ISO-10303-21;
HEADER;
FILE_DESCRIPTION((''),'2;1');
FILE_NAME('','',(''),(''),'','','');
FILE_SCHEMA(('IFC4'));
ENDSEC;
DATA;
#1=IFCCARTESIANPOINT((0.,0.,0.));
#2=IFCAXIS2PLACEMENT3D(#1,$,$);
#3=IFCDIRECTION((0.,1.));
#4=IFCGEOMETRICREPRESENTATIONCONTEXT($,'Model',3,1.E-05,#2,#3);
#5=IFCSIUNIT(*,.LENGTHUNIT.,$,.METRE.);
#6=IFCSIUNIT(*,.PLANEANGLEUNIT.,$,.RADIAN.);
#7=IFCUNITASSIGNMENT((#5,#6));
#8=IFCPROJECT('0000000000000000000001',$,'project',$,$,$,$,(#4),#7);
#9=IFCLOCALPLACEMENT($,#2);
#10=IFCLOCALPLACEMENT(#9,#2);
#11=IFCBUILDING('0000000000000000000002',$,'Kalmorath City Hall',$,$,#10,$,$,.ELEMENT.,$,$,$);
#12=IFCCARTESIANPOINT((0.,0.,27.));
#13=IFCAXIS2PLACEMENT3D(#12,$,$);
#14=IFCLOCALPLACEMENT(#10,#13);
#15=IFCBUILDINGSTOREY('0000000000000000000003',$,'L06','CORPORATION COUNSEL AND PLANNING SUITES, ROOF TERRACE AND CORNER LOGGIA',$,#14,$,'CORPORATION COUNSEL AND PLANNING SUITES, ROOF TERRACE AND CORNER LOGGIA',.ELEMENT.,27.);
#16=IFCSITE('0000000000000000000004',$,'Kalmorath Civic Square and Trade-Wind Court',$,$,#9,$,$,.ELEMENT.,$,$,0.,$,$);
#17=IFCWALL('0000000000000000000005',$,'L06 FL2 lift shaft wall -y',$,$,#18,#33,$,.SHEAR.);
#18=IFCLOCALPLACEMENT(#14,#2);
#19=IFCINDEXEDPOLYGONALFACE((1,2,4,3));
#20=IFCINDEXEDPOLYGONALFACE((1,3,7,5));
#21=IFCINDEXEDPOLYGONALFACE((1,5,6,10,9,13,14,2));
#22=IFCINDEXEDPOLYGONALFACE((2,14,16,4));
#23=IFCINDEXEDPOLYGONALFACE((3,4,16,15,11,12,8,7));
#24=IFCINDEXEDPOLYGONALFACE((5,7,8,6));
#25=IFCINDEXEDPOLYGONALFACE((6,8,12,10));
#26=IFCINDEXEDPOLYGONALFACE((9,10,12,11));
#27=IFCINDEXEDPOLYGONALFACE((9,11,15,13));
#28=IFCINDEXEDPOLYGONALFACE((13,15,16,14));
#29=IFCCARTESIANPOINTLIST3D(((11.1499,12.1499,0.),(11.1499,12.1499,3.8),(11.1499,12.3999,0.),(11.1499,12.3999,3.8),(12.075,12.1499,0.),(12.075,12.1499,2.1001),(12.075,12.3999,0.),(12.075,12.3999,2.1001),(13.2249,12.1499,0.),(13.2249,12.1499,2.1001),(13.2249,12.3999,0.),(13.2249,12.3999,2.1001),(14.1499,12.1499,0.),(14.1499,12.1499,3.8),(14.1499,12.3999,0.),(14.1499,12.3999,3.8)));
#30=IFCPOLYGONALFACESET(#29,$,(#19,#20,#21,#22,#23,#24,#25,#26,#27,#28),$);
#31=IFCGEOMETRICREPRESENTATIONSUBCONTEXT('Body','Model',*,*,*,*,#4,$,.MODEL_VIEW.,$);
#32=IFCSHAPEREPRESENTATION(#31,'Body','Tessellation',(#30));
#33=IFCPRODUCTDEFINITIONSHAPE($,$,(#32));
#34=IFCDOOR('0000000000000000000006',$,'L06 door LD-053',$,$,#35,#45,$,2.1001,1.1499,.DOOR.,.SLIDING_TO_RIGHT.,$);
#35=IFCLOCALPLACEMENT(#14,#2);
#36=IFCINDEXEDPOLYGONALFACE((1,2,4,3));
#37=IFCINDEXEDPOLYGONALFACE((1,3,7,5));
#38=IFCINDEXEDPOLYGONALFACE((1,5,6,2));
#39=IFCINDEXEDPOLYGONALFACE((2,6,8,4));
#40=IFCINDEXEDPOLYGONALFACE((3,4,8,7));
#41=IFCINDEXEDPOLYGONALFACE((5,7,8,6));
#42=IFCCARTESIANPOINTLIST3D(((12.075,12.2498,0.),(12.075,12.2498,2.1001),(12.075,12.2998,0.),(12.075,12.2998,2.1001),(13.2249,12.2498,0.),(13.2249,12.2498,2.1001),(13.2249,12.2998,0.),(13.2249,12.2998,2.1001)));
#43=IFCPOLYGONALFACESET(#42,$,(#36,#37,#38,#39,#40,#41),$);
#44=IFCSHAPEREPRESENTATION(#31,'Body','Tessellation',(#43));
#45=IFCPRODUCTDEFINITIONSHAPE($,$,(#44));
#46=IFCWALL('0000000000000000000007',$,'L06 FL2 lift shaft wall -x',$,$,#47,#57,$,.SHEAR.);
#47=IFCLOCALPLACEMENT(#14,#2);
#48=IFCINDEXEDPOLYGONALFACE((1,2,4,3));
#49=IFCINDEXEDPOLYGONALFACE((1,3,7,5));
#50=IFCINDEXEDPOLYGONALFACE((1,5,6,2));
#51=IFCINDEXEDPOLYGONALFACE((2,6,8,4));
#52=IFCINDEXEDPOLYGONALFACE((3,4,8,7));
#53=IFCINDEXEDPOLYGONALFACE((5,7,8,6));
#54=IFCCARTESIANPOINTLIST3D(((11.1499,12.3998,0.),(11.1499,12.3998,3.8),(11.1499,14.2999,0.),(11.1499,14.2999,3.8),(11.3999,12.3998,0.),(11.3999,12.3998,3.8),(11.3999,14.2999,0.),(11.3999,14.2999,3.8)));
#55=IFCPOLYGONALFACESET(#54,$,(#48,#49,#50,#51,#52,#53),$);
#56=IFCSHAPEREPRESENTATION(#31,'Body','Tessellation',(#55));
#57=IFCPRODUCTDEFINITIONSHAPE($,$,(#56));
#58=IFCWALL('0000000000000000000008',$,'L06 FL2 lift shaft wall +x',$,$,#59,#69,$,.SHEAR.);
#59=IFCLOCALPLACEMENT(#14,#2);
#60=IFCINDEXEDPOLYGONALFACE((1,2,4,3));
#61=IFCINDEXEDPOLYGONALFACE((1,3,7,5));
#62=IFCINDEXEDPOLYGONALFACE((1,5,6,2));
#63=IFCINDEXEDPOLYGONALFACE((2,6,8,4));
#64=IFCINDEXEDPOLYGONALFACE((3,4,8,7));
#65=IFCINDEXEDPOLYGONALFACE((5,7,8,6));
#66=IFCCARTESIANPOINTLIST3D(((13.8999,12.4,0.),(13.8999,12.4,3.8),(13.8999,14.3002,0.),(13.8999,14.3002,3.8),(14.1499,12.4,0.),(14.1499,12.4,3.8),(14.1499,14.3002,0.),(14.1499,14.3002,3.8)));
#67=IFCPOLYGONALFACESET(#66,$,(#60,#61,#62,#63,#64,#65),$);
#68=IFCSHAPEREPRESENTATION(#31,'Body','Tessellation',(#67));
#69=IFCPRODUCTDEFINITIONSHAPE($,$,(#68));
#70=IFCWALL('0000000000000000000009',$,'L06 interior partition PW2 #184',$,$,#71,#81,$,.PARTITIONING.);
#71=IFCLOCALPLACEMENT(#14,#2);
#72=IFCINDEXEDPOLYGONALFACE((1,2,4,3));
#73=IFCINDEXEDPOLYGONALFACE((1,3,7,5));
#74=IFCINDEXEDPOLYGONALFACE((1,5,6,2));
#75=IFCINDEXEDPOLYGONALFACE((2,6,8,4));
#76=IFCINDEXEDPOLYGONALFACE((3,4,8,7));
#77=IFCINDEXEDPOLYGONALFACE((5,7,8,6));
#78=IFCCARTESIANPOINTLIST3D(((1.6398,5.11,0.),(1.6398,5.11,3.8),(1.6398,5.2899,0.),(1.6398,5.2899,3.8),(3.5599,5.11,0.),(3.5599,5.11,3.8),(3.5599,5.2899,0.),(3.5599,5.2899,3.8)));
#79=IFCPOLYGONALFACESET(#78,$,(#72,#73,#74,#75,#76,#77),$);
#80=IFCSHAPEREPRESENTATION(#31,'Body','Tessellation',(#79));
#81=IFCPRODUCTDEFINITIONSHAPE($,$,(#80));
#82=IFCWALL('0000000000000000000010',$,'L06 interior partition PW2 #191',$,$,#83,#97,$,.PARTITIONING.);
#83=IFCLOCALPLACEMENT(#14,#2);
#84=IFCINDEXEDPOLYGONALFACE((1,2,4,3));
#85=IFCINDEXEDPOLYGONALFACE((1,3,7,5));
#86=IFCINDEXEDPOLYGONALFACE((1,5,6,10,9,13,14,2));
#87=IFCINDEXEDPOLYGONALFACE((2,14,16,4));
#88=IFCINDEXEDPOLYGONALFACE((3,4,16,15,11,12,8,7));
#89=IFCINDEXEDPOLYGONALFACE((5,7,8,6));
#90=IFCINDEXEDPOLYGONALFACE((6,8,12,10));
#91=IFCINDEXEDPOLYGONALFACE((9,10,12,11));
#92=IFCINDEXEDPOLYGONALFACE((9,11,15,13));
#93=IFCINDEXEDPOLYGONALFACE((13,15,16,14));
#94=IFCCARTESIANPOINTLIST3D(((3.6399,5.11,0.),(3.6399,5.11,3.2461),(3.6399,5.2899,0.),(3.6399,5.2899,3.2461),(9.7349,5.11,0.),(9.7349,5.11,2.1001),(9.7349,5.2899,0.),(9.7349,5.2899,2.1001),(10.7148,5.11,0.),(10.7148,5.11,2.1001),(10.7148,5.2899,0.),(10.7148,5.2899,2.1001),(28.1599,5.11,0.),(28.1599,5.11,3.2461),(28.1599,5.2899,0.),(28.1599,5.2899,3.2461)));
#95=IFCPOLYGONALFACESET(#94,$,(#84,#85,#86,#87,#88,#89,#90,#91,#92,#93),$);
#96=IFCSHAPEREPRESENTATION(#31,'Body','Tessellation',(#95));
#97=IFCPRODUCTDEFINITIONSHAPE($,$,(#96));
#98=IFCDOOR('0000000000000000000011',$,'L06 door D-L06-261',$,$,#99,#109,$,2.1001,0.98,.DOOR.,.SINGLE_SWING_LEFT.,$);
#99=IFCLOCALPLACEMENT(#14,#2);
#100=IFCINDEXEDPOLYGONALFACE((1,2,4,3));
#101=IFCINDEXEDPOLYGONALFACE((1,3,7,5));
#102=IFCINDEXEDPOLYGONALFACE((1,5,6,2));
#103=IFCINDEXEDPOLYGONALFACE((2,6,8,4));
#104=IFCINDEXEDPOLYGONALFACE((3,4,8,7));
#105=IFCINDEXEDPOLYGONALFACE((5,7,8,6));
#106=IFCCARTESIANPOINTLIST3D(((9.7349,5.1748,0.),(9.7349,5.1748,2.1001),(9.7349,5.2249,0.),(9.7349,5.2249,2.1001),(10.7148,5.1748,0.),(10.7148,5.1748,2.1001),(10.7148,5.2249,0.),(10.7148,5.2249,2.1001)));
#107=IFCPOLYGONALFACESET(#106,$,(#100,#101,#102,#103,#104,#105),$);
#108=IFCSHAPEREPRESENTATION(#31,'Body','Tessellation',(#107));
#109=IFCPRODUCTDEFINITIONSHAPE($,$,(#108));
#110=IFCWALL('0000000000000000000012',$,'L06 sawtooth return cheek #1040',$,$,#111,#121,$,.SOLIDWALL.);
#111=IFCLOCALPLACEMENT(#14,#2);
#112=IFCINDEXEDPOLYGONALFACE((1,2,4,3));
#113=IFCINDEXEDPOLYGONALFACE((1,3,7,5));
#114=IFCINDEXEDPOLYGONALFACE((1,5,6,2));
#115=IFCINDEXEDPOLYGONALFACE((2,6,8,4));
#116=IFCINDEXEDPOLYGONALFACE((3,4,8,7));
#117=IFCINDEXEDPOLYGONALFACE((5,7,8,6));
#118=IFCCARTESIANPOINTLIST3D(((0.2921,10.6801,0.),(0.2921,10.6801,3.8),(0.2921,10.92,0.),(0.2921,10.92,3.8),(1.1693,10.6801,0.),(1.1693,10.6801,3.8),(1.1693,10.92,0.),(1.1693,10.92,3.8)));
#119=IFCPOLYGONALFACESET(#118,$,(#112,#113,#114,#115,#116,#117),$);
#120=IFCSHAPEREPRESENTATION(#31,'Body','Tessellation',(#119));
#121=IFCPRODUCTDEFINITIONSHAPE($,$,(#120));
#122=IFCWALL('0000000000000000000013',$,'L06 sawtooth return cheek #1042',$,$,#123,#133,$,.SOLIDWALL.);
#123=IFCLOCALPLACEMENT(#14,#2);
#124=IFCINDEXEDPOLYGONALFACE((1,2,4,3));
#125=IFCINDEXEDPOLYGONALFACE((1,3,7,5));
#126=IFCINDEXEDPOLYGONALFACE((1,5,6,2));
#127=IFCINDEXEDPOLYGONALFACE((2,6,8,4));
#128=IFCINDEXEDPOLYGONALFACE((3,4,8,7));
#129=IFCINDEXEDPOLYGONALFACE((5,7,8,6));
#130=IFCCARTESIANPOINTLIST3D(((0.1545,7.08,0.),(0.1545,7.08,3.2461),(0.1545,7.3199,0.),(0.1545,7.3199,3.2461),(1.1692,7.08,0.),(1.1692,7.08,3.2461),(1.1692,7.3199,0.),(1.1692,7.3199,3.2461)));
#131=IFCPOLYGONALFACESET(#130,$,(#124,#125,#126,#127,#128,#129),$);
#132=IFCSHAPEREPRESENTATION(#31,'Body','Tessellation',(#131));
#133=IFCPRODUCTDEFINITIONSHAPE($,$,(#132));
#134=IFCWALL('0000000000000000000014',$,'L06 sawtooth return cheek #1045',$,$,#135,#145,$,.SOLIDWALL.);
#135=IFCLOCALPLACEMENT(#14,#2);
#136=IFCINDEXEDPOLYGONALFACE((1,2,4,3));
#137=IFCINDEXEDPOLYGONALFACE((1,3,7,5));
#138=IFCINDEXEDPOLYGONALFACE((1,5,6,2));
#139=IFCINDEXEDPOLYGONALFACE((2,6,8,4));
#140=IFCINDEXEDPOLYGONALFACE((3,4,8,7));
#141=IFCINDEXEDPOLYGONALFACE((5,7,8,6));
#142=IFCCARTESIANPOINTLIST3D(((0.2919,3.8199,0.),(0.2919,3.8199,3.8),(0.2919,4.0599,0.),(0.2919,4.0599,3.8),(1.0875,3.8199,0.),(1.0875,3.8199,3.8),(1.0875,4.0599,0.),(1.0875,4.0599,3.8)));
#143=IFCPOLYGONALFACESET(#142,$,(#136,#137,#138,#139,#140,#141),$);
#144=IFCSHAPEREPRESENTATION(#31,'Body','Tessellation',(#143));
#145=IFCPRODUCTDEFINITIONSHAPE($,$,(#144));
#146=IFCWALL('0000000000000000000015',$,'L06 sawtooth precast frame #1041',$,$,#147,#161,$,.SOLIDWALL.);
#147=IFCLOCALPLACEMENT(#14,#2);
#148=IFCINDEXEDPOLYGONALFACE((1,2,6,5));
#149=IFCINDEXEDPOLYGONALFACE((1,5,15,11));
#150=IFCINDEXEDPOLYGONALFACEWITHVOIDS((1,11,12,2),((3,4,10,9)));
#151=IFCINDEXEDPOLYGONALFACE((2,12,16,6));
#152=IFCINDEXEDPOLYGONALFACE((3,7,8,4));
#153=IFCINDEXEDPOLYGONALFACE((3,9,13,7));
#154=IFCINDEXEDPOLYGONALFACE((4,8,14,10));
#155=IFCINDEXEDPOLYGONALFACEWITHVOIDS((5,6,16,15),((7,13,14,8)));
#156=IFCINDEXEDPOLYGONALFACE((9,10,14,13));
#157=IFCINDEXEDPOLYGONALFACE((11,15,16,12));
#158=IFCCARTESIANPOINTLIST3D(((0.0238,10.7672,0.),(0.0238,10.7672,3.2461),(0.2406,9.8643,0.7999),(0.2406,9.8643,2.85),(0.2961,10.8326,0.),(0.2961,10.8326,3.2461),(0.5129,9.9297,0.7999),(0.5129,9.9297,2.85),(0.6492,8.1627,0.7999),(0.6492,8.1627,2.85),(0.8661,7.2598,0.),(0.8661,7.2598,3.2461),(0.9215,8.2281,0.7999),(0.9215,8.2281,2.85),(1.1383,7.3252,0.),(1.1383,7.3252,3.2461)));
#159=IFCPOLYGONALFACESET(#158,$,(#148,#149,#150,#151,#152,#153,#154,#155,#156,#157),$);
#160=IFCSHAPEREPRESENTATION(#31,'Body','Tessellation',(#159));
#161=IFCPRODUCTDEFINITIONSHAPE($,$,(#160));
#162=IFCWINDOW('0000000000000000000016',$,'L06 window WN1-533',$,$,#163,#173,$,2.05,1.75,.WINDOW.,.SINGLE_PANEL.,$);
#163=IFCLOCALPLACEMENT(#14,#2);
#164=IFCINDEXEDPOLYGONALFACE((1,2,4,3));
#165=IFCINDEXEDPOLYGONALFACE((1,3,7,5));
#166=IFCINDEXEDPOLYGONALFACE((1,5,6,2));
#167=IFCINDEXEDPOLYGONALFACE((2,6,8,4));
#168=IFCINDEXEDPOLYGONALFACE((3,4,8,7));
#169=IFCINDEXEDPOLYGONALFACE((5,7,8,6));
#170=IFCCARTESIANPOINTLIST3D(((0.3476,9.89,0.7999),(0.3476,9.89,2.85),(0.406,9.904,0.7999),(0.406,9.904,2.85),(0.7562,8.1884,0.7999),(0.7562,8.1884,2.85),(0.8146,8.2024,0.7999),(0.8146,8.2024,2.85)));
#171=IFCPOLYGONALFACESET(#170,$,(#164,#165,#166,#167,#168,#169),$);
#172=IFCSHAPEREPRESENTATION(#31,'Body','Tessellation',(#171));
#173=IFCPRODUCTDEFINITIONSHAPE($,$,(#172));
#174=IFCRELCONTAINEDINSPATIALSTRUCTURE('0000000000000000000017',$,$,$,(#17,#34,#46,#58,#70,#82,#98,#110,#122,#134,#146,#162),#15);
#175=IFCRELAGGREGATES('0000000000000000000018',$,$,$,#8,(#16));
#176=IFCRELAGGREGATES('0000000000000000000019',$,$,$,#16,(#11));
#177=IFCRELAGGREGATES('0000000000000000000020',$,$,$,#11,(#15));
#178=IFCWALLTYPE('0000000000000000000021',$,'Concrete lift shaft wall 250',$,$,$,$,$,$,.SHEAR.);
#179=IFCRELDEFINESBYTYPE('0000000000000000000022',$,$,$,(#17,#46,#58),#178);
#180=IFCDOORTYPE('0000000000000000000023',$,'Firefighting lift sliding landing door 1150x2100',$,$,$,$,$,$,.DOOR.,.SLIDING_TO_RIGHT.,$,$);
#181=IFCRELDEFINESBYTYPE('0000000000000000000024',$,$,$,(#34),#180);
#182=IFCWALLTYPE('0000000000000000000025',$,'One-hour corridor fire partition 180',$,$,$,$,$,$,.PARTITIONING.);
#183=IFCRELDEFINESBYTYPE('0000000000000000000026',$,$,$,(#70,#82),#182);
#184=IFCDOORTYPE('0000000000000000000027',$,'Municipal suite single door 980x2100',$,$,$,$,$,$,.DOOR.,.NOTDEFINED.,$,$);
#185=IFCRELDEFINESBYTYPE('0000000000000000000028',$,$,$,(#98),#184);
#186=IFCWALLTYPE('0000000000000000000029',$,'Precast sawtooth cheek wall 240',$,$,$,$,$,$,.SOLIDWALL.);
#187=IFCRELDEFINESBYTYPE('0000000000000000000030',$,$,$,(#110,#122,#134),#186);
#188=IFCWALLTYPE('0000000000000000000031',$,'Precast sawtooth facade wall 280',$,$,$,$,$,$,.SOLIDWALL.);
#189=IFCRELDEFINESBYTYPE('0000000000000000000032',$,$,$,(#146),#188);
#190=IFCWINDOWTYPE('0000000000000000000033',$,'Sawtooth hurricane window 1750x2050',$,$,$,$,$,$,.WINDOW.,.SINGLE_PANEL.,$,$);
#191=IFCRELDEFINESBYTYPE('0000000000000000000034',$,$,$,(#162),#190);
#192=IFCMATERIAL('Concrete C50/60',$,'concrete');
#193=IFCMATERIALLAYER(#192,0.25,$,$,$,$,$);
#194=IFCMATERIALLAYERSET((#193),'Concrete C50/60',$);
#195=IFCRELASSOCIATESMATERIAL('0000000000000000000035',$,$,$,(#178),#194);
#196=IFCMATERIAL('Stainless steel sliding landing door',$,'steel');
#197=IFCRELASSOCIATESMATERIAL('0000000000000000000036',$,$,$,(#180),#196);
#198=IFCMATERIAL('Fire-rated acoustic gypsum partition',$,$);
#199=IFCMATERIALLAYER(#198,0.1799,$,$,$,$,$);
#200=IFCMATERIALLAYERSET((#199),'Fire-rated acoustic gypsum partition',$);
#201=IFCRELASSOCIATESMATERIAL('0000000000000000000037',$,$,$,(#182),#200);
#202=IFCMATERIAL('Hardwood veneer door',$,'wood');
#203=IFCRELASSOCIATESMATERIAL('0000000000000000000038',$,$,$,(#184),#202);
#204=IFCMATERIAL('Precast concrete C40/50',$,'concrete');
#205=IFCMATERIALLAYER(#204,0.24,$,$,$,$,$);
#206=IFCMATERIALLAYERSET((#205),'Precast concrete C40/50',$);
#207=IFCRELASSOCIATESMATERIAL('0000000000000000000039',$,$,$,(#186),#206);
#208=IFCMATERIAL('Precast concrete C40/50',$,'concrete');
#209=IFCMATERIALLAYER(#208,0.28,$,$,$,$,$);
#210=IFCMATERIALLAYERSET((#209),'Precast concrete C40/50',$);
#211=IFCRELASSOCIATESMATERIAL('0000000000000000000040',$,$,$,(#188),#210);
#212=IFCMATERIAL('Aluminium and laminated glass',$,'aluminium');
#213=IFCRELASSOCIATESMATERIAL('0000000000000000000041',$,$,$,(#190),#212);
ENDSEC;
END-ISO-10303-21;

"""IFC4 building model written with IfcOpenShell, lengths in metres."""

from ifc_helpers import new_model, si_unit, direction, frame, frame_2d, origin, place, context, subcontext, project, spatial, rectangle, extrude, material, layer, layer_set, type_object, element, fill, save


model = new_model("IFC4")

# Units and contexts
model_context = context("Model", 3, precision=1e-05, world=origin(), true_north=direction((0.0, 1.0)))
body_context = subcontext(model_context, "Body", "Model", "MODEL_VIEW")
ifc_project = project(units=[si_unit("LENGTHUNIT", "METRE"), si_unit("PLANEANGLEUNIT", "RADIAN")], contexts=[model_context])

# Site, building, storey
site_placement = place(None, origin())
site = spatial("IfcSite", under=ifc_project, at=site_placement, Name="Kalmorath Civic Square and Trade-Wind Court", CompositionType="ELEMENT", RefElevation=0.0)
building_placement = place(site_placement, origin())
building = spatial("IfcBuilding", under=site, at=building_placement, Name="Kalmorath City Hall", CompositionType="ELEMENT")
storey_placement = place(building_placement, frame((0.0, 0.0, 27.0)))
storey = spatial("IfcBuildingStorey", under=building, at=storey_placement, Name="L06", Description="CORPORATION COUNSEL AND PLANNING SUITES, ROOF TERRACE AND CORNER LOGGIA", LongName="CORPORATION COUNSEL AND PLANNING SUITES, ROOF TERRACE AND CORNER LOGGIA", CompositionType="ELEMENT", Elevation=27.0)

# Wall, opening, door
ifc_material_1 = material(Name="Concrete C50/60", Category="concrete")
ifc_layer_1 = layer(ifc_material_1, 0.25)
ifc_layer_set_1 = layer_set([ifc_layer_1], Name="Concrete C50/60")
wall_type_1 = type_object("IfcWallType", Name="Concrete lift shaft wall 250", PredefinedType="SHEAR", material=ifc_layer_set_1)
wall_1_placement = place(storey_placement, frame((11.1499, 12.2749, 0.0), z_axis=(0.0, 0.0, 1.0), x_axis=(1.0, 0.0, 0.0)))
wall_1 = element("IfcWall", 1, at=wall_1_placement, inside=storey, type_object=wall_type_1, Name="L06 FL2 lift shaft wall -y", PredefinedType="SHEAR", context=body_context, shape_type="SweptSolid", body=[
    extrude(rectangle(XDim=3.0, YDim=0.25, at=frame_2d((1.5, 0.0))), origin(), (0.0, 0.0, 1.0), 3.8),
])
opening_1_placement = place(wall_1_placement, frame((0.925, 0.0, 0.0)))
opening_1 = element("IfcOpeningElement", 2, at=opening_1_placement, cuts=wall_1, PredefinedType="OPENING", context=body_context, shape_type="SweptSolid", body=[
    extrude(rectangle(XDim=1.1499, YDim=2.1001, at=frame_2d((0.575, 1.05))), frame((0.0, 0.135, 0.0), z_axis=(0.0, -1.0, 0.0), x_axis=(1.0, 0.0, 0.0)), (0.0, 0.0, 1.0), 0.27),
])
ifc_material_2 = material(Name="Stainless steel sliding landing door", Category="steel")
door_type_1 = type_object("IfcDoorType", Name="Firefighting lift sliding landing door 1150x2100", OperationType="SLIDING_TO_RIGHT", PredefinedType="DOOR", material=ifc_material_2)
door_1_placement = place(opening_1_placement, origin())
door_1 = element("IfcDoor", 3, at=door_1_placement, inside=storey, type_object=door_type_1, Name="L06 door LD-053", OperationType="SLIDING_TO_RIGHT", OverallHeight=2.1001, OverallWidth=1.1499, PredefinedType="DOOR", context=body_context, shape_type="SweptSolid", body=[
    extrude(rectangle(XDim=1.1499, YDim=2.1001, at=frame_2d((0.575, 1.05))), frame((0.0, 0.0249, 0.0), z_axis=(0.0, -1.0, 0.0), x_axis=(1.0, 0.0, 0.0)), (0.0, 0.0, 1.0), 0.05),
])
fill(opening_1, door_1)

# Walls
for number, where, z_axis, x_axis, name in (
    (4, (11.2749, 14.3, 0.0), (0.0, 0.0, 1.0), (0.0, -1.0, 0.0), "L06 FL2 lift shaft wall -x"),
    (5, (14.0249, 12.3999, 0.0), (0.0, 0.0, 1.0), (0.0, 1.0, 0.0), "L06 FL2 lift shaft wall +x"),
):
    element("IfcWall", number, at=place(storey_placement, frame(where, z_axis=z_axis, x_axis=x_axis)), inside=storey, type_object=wall_type_1, Name=name, PredefinedType="SHEAR", context=body_context, shape_type="SweptSolid", body=[
        extrude(rectangle(XDim=1.9001, YDim=0.25, at=frame_2d((0.9502, 0.0))), origin(), (0.0, 0.0, 1.0), 3.8),
    ])
ifc_material_3 = material(Name="Fire-rated acoustic gypsum partition")
ifc_layer_2 = layer(ifc_material_3, 0.1799)
ifc_layer_set_2 = layer_set([ifc_layer_2], Name="Fire-rated acoustic gypsum partition")
wall_type_2 = type_object("IfcWallType", Name="One-hour corridor fire partition 180", PredefinedType="PARTITIONING", material=ifc_layer_set_2)
wall_2_placement = place(storey_placement, frame((1.6399, 5.2, 0.0), z_axis=(0.0, 0.0, 1.0), x_axis=(1.0, 0.0, 0.0)))
element("IfcWall", 6, at=wall_2_placement, inside=storey, type_object=wall_type_2, Name="L06 interior partition PW2 #184", PredefinedType="PARTITIONING", context=body_context, shape_type="SweptSolid", body=[
    extrude(rectangle(XDim=1.9202, YDim=0.1799, at=frame_2d((0.96, 0.0))), origin(), (0.0, 0.0, 1.0), 3.8),
])

# Wall, opening, door
wall_3_placement = place(storey_placement, frame((3.6399, 5.2, 0.0), z_axis=(0.0, 0.0, 1.0), x_axis=(1.0, 0.0, 0.0)))
wall_3 = element("IfcWall", 7, at=wall_3_placement, inside=storey, type_object=wall_type_2, Name="L06 interior partition PW2 #191", PredefinedType="PARTITIONING", context=body_context, shape_type="SweptSolid", body=[
    extrude(rectangle(XDim=24.52, YDim=0.1799, at=frame_2d((12.26, 0.0))), origin(), (0.0, 0.0, 1.0), 3.2461),
])
opening_2_placement = place(wall_3_placement, frame((6.095, 0.0, 0.0)))
opening_2 = element("IfcOpeningElement", 8, at=opening_2_placement, cuts=wall_3, PredefinedType="OPENING", context=body_context, shape_type="SweptSolid", body=[
    extrude(rectangle(XDim=0.98, YDim=2.1001, at=frame_2d((0.49, 1.05))), frame((0.0, 0.0999, 0.0), z_axis=(0.0, -1.0, 0.0), x_axis=(1.0, 0.0, 0.0)), (0.0, 0.0, 1.0), 0.2),
])
ifc_material_4 = material(Name="Hardwood veneer door", Category="wood")
door_type_2 = type_object("IfcDoorType", Name="Municipal suite single door 980x2100", OperationType="NOTDEFINED", PredefinedType="DOOR", material=ifc_material_4)
door_2_placement = place(opening_2_placement, origin())
door_2 = element("IfcDoor", 9, at=door_2_placement, inside=storey, type_object=door_type_2, Name="L06 door D-L06-261", OperationType="SINGLE_SWING_LEFT", OverallHeight=2.1001, OverallWidth=0.98, PredefinedType="DOOR", context=body_context, shape_type="SweptSolid", body=[
    extrude(rectangle(XDim=0.98, YDim=2.1001, at=frame_2d((0.49, 1.05))), frame((0.0, 0.0249, 0.0), z_axis=(0.0, -1.0, 0.0), x_axis=(1.0, 0.0, 0.0)), (0.0, 0.0, 1.0), 0.05),
])
fill(opening_2, door_2)

# Walls
ifc_material_5 = material(Name="Precast concrete C40/50", Category="concrete")
ifc_layer_3 = layer(ifc_material_5, 0.24)
ifc_layer_set_3 = layer_set([ifc_layer_3], Name="Precast concrete C40/50")
wall_type_3 = type_object("IfcWallType", Name="Precast sawtooth cheek wall 240", PredefinedType="SOLIDWALL", material=ifc_layer_set_3)
wall_4_placement = place(storey_placement, frame((1.1692, 10.8, 0.0), z_axis=(0.0, 0.0, 1.0), x_axis=(-1.0, 0.0, 0.0)))
element("IfcWall", 10, at=wall_4_placement, inside=storey, type_object=wall_type_3, Name="L06 sawtooth return cheek #1040", PredefinedType="SOLIDWALL", context=body_context, shape_type="SweptSolid", body=[
    extrude(rectangle(XDim=0.8772, YDim=0.24, at=frame_2d((0.4385, 0.0))), origin(), (0.0, 0.0, 1.0), 3.8),
])
wall_5_placement = place(storey_placement, frame((1.1692, 7.2, 0.0), z_axis=(0.0, 0.0, 1.0), x_axis=(-1.0, 0.0, 0.0)))
element("IfcWall", 11, at=wall_5_placement, inside=storey, type_object=wall_type_3, Name="L06 sawtooth return cheek #1042", PredefinedType="SOLIDWALL", context=body_context, shape_type="SweptSolid", body=[
    extrude(rectangle(XDim=1.0146, YDim=0.24, at=frame_2d((0.5073, 0.0))), origin(), (0.0, 0.0, 1.0), 3.2461),
])
wall_6_placement = place(storey_placement, frame((1.0876, 3.9399, 0.0), z_axis=(0.0, 0.0, 1.0), x_axis=(-1.0, 0.0, 0.0)))
element("IfcWall", 12, at=wall_6_placement, inside=storey, type_object=wall_type_3, Name="L06 sawtooth return cheek #1045", PredefinedType="SOLIDWALL", context=body_context, shape_type="SweptSolid", body=[
    extrude(rectangle(XDim=0.7957, YDim=0.24, at=frame_2d((0.3979, 0.0))), origin(), (0.0, 0.0, 1.0), 3.8),
])

# Wall, opening, window
ifc_material_6 = material(Name="Precast concrete C40/50", Category="concrete")
ifc_layer_4 = layer(ifc_material_6, 0.28)
ifc_layer_set_4 = layer_set([ifc_layer_4], Name="Precast concrete C40/50")
wall_type_4 = type_object("IfcWallType", Name="Precast sawtooth facade wall 280", PredefinedType="SOLIDWALL", material=ifc_layer_set_4)
wall_7_placement = place(storey_placement, frame((0.1599, 10.8, 0.0), z_axis=(0.0, 0.0, 1.0), x_axis=(0.233496, -0.972358, 0.0)))
wall_7 = element("IfcWall", 13, at=wall_7_placement, inside=storey, type_object=wall_type_4, Name="L06 sawtooth precast frame #1041", PredefinedType="SOLIDWALL", context=body_context, shape_type="SweptSolid", body=[
    extrude(rectangle(XDim=3.6072, YDim=0.28, at=frame_2d((1.8037, 0.0))), origin(), (0.0, 0.0, 1.0), 3.2461),
])
opening_3_placement = place(wall_7_placement, frame((0.9287, 0.0, 0.8)))
opening_3 = element("IfcOpeningElement", 14, at=opening_3_placement, cuts=wall_7, PredefinedType="OPENING", context=body_context, shape_type="SweptSolid", body=[
    extrude(rectangle(XDim=1.75, YDim=2.05, at=frame_2d((0.875, 1.0249))), frame((0.0, 0.1499, 0.0), z_axis=(0.0, -1.0, 0.0), x_axis=(1.0, 0.0, 0.0)), (0.0, 0.0, 1.0), 0.3),
])
ifc_material_7 = material(Name="Aluminium and laminated glass", Category="aluminium")
window_type = type_object("IfcWindowType", Name="Sawtooth hurricane window 1750x2050", PartitioningType="SINGLE_PANEL", PredefinedType="WINDOW", material=ifc_material_7)
window_1_placement = place(opening_3_placement, origin())
window_1 = element("IfcWindow", 15, at=window_1_placement, inside=storey, type_object=window_type, Name="L06 window WN1-533", OverallHeight=2.05, OverallWidth=1.75, PartitioningType="SINGLE_PANEL", PredefinedType="WINDOW", context=body_context, shape_type="SweptSolid", body=[
    extrude(rectangle(XDim=1.75, YDim=2.05, at=frame_2d((0.875, 1.0249))), frame((0.0, 0.03, 0.0), z_axis=(0.0, -1.0, 0.0), x_axis=(1.0, 0.0, 0.0)), (0.0, 0.0, 1.0), 0.0601),
])
fill(opening_3, window_1)

save(model, "model.ifc")
